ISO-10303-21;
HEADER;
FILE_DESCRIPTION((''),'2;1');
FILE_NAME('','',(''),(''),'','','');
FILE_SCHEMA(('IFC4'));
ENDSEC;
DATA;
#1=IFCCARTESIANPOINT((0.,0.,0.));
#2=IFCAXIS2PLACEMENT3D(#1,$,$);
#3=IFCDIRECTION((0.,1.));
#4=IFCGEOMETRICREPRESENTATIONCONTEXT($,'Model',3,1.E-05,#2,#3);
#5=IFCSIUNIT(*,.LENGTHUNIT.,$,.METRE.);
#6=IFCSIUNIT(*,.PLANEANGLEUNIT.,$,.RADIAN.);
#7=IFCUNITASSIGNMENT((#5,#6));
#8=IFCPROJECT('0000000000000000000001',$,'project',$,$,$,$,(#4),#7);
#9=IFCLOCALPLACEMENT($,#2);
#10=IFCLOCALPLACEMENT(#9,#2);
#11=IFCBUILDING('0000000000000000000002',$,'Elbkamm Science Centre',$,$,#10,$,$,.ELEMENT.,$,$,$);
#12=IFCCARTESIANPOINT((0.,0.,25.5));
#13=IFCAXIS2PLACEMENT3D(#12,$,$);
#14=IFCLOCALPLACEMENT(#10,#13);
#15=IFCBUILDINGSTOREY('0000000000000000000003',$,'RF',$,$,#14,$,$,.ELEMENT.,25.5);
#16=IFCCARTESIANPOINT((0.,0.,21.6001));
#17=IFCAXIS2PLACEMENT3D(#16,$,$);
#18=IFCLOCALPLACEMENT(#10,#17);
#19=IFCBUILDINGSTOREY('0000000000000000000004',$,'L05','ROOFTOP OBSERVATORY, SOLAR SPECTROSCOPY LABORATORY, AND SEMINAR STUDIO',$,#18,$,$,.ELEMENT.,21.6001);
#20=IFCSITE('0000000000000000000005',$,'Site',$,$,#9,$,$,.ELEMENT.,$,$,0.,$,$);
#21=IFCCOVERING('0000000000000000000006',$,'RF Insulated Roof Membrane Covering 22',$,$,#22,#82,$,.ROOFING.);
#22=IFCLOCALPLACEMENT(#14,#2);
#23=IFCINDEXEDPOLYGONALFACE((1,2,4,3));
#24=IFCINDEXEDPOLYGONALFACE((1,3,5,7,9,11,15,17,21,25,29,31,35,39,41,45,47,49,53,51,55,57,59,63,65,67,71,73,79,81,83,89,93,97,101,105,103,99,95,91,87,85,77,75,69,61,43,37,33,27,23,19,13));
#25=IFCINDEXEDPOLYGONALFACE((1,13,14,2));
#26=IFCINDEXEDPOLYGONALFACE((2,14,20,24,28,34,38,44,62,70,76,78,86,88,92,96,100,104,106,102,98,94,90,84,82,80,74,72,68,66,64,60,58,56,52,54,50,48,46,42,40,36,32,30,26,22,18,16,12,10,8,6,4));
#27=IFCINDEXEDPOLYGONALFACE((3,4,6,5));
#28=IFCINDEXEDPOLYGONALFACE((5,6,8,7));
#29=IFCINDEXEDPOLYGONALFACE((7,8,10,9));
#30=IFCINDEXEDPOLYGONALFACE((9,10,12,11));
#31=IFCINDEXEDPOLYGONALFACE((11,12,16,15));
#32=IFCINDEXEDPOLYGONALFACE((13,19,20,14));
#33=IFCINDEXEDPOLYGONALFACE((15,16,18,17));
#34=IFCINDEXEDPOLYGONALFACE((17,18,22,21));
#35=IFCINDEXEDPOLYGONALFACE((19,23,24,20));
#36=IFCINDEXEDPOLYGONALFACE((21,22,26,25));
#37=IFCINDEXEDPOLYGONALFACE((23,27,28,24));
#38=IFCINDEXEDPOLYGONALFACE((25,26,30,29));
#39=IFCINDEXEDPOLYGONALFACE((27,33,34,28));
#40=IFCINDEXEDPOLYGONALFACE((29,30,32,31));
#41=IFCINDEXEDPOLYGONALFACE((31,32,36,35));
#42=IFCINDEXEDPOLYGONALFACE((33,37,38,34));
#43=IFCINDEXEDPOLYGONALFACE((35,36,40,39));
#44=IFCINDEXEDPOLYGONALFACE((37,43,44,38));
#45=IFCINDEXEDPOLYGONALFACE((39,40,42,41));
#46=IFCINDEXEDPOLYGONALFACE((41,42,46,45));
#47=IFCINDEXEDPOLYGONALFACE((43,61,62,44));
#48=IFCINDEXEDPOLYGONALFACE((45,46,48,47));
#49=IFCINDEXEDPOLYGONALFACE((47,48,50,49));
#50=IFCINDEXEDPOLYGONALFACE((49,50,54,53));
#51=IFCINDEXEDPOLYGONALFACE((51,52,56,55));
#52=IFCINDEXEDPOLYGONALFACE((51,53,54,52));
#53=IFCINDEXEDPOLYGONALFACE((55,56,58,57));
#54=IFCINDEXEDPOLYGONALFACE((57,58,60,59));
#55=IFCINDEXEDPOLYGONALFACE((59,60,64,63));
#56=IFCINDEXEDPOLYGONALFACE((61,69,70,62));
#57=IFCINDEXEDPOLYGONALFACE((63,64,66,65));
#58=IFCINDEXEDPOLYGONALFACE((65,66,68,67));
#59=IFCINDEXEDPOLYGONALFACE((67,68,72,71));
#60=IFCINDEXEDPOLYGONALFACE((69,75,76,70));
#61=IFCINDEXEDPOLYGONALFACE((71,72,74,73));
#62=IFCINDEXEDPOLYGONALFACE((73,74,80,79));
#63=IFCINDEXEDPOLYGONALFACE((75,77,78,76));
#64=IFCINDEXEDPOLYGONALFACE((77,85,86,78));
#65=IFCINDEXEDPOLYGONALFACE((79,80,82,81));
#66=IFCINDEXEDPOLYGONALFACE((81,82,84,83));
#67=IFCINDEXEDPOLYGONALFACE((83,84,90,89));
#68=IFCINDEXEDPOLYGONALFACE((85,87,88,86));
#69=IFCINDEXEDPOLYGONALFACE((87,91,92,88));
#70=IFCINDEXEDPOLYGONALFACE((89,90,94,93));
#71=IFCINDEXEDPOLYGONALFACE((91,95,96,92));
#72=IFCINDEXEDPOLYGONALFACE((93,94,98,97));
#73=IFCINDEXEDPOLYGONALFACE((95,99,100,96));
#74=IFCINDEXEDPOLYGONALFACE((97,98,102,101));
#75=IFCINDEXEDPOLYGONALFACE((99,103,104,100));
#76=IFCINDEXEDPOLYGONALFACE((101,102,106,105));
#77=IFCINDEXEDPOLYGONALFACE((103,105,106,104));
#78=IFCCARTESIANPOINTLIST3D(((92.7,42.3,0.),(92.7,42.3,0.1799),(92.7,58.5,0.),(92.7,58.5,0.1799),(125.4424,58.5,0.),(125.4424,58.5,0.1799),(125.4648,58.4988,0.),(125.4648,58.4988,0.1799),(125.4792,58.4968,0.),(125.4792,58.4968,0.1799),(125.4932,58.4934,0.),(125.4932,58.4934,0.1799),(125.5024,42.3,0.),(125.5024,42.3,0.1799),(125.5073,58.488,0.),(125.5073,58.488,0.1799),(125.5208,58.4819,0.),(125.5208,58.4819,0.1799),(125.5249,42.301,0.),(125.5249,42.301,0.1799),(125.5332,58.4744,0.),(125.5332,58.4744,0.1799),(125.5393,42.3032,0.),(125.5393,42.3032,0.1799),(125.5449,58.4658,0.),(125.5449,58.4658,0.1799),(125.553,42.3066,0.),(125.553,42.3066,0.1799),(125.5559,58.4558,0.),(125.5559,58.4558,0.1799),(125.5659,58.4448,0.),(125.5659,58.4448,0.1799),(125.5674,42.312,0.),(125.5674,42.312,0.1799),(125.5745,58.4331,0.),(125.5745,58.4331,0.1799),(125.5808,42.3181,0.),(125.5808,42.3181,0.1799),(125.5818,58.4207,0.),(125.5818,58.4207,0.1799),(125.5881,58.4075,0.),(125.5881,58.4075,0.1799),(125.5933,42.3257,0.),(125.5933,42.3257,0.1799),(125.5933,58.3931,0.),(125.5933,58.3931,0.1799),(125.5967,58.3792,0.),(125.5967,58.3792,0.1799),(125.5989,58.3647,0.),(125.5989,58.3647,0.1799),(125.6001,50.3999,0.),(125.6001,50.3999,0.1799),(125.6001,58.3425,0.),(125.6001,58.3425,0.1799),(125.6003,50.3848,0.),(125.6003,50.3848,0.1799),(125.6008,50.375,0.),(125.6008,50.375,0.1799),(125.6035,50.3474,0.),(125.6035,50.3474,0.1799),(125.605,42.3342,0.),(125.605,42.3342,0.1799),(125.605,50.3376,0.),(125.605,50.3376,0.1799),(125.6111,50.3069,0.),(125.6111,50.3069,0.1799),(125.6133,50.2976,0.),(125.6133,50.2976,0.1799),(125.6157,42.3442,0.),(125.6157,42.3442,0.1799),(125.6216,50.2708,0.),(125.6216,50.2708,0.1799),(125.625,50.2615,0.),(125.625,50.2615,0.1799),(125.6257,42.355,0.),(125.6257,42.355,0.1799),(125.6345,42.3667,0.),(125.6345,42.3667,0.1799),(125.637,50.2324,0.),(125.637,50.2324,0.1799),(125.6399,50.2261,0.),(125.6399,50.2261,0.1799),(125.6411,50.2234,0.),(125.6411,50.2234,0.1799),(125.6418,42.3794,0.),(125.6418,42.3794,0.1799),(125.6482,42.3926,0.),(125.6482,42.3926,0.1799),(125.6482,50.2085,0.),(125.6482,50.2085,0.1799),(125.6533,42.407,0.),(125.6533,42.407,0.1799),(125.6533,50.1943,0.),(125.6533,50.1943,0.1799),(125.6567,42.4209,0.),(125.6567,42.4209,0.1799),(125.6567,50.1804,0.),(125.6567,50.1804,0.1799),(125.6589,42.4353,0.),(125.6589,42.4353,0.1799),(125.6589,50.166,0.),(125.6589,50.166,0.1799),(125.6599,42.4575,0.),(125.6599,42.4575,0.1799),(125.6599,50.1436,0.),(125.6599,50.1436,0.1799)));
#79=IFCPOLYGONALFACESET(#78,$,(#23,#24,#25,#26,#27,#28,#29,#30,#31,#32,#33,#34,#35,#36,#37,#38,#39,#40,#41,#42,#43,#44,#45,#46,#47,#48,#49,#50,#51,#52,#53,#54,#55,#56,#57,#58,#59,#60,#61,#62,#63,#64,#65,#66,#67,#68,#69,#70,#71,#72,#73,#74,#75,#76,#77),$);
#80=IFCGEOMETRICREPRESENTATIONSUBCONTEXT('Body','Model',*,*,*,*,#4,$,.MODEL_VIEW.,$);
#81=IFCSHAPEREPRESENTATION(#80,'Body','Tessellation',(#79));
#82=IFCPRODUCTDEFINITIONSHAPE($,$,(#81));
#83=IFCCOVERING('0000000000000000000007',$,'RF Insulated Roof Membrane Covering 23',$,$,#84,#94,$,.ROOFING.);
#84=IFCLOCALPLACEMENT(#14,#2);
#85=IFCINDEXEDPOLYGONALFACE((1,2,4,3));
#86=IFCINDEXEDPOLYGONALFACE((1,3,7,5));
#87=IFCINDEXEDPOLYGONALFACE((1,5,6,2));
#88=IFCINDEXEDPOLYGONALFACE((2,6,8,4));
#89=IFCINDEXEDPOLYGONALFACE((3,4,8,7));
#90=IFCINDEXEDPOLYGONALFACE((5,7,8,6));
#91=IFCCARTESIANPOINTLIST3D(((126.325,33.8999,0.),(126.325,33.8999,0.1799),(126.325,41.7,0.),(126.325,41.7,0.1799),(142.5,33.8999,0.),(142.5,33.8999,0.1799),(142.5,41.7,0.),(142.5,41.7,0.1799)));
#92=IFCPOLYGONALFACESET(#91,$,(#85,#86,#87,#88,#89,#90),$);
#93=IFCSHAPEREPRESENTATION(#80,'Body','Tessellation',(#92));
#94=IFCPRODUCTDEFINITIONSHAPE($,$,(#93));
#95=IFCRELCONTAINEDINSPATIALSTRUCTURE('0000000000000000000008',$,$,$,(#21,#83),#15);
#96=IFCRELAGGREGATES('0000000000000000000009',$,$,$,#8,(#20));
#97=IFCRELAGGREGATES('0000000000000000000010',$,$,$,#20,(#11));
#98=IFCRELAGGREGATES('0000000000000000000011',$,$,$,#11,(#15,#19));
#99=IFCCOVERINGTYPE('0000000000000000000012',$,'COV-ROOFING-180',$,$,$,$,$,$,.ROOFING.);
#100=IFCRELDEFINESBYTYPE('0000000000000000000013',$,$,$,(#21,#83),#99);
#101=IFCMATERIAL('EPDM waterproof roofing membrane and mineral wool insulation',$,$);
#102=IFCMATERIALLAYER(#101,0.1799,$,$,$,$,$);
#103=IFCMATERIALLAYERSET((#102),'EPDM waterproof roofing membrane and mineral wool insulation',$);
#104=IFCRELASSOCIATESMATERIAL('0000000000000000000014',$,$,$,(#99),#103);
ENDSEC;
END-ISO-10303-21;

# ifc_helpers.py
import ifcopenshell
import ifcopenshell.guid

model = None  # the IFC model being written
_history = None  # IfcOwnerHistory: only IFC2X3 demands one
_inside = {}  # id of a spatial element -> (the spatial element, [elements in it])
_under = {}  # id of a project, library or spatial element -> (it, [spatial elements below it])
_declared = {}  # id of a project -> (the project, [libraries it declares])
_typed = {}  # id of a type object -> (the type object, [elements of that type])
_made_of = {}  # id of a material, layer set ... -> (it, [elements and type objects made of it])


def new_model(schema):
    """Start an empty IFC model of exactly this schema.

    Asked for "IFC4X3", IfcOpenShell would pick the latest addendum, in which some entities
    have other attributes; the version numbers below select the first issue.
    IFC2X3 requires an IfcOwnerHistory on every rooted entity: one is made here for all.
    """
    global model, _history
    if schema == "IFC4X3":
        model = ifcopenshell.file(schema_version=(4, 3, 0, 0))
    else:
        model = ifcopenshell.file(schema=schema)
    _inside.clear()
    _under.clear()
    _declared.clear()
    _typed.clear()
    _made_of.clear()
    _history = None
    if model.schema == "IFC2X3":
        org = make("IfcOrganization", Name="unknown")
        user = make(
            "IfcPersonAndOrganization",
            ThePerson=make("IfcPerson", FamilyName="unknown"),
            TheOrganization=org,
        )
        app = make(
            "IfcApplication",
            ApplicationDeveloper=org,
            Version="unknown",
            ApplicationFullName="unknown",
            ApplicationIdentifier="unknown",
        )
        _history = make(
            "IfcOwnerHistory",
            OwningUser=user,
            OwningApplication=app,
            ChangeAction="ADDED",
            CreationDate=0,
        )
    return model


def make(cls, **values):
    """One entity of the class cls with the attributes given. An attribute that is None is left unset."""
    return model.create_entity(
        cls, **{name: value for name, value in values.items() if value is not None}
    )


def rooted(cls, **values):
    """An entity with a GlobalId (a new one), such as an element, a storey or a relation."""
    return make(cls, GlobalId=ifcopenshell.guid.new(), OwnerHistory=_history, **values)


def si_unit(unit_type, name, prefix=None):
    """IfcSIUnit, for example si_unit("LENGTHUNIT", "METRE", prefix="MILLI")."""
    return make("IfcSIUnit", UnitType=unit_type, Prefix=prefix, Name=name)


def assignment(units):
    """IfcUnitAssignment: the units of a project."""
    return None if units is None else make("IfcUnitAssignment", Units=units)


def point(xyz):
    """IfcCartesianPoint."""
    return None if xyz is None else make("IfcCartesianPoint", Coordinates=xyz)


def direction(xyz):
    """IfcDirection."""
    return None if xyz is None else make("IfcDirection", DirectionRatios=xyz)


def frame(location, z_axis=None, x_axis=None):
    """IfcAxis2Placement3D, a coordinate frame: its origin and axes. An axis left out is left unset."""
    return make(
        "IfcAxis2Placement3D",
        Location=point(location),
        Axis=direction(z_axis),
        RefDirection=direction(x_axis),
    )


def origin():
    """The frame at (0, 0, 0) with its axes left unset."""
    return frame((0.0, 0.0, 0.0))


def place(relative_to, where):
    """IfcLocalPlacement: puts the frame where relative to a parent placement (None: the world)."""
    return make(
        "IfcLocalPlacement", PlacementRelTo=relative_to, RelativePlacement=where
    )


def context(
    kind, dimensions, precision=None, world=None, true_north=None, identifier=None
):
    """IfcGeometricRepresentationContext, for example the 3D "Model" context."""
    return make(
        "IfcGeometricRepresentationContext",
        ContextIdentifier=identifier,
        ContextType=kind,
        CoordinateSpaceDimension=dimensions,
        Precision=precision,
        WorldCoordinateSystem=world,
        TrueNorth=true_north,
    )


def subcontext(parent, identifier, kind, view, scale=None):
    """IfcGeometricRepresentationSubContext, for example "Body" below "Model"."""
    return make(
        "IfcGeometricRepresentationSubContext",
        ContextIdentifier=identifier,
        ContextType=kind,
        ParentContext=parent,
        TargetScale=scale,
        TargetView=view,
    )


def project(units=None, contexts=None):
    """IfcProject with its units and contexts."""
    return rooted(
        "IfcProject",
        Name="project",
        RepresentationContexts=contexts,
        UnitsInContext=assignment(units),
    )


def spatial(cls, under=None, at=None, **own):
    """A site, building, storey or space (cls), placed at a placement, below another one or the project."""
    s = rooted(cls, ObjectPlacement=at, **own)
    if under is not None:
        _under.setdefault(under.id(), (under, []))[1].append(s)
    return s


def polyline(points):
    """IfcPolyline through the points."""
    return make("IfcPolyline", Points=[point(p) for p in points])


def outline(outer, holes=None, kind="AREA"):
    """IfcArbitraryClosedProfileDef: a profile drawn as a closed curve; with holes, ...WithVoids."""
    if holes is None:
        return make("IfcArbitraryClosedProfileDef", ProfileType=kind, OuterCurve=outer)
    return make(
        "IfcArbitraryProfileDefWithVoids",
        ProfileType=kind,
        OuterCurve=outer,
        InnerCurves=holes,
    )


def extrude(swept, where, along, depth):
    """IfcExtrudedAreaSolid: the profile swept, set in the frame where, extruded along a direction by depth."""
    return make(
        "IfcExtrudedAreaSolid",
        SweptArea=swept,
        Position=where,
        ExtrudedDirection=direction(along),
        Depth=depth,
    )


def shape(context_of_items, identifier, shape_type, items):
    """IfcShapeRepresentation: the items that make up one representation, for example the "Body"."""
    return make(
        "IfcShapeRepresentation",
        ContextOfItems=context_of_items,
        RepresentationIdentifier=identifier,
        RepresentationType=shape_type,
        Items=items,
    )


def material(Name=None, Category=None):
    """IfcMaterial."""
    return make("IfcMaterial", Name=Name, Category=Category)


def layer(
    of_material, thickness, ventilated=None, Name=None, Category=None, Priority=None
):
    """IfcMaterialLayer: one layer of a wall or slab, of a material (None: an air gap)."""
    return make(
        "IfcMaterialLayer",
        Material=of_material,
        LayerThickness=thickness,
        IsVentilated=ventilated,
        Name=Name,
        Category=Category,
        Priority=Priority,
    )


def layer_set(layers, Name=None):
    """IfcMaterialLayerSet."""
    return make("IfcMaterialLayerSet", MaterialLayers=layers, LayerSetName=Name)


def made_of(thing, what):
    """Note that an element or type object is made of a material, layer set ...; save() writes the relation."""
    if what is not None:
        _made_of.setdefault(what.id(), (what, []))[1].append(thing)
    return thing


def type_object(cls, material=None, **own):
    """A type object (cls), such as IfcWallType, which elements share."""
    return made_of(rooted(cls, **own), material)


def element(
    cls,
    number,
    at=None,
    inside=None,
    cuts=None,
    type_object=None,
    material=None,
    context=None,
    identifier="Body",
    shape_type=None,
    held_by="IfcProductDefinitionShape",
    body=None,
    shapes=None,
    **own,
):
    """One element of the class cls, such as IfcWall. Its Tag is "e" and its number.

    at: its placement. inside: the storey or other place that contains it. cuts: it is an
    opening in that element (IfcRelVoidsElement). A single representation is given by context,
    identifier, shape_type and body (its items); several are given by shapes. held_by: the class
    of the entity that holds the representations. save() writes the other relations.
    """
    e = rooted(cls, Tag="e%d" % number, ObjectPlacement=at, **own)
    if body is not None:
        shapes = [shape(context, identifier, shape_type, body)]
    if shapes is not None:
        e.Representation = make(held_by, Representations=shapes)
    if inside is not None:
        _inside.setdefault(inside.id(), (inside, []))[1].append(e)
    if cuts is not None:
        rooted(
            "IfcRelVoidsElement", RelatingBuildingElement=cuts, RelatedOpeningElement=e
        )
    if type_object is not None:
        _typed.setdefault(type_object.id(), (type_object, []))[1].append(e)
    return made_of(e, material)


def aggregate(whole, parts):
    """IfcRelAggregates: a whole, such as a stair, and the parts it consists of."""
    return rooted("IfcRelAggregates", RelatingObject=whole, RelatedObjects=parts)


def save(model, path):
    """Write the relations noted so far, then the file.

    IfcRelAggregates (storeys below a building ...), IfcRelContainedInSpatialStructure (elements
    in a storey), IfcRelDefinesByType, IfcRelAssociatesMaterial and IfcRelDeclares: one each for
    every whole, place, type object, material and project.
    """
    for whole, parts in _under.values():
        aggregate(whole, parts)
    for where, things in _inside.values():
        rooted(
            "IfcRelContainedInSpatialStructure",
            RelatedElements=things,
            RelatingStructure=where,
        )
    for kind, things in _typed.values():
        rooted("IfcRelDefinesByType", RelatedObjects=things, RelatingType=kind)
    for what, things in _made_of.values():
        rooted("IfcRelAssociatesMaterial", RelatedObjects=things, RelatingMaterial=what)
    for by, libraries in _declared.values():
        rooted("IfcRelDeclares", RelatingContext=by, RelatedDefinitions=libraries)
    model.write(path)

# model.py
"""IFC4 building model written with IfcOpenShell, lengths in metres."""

from ifc_helpers import new_model, si_unit, direction, frame, origin, place, context, subcontext, project, spatial, polyline, outline, extrude, material, layer, layer_set, type_object, element, save


model = new_model("IFC4")

# Units and contexts
model_context = context("Model", 3, precision=1e-05, world=origin(), true_north=direction((0.0, 1.0)))
body_context = subcontext(model_context, "Body", "Model", "MODEL_VIEW")
ifc_project = project(units=[si_unit("LENGTHUNIT", "METRE"), si_unit("PLANEANGLEUNIT", "RADIAN")], contexts=[model_context])

# Site, building, storey
site_placement = place(None, origin())
site = spatial("IfcSite", under=ifc_project, at=site_placement, Name="Site", CompositionType="ELEMENT", RefElevation=0.0)
building_placement = place(site_placement, origin())
building = spatial("IfcBuilding", under=site, at=building_placement, Name="Elbkamm Science Centre", CompositionType="ELEMENT")
storey_1_placement = place(building_placement, frame((0.0, 0.0, 25.5)))
storey_1 = spatial("IfcBuildingStorey", under=building, at=storey_1_placement, Name="RF", CompositionType="ELEMENT", Elevation=25.5)

# Shared definitions
storey_2_placement = place(building_placement, frame((0.0, 0.0, 21.6001)))
storey_2 = spatial("IfcBuildingStorey", under=building, at=storey_2_placement, Name="L05", Description="ROOFTOP OBSERVATORY, SOLAR SPECTROSCOPY LABORATORY, AND SEMINAR STUDIO", CompositionType="ELEMENT", Elevation=21.6001)

# Coverings
ifc_material_1 = material(Name="EPDM waterproof roofing membrane and mineral wool insulation")
ifc_layer_1 = layer(ifc_material_1, 0.1799)
ifc_layer_set_1 = layer_set([ifc_layer_1], Name="EPDM waterproof roofing membrane and mineral wool insulation")
covering_type = type_object("IfcCoveringType", Name="COV-ROOFING-180", PredefinedType="ROOFING", material=ifc_layer_set_1)
covering_1_placement = place(storey_1_placement, origin())
element("IfcCovering", 1, at=covering_1_placement, inside=storey_1, type_object=covering_type, Name="RF Insulated Roof Membrane Covering 22", PredefinedType="ROOFING", context=body_context, shape_type="SweptSolid", body=[
    extrude(outline(polyline([(125.4648, 58.4988), (125.4792, 58.4968), (125.4932, 58.4934), (125.5073, 58.488), (125.5208, 58.4819), (125.5332, 58.4744), (125.5449, 58.4658), (125.5559, 58.4558), (125.5659, 58.4448), (125.5745, 58.4331), (125.5818, 58.4207), (125.5881, 58.4075), (125.5933, 58.3931), (125.5967, 58.3792), (125.5989, 58.3647), (125.6001, 58.3425), (125.6001, 50.3999), (125.6003, 50.3848), (125.6008, 50.375), (125.6035, 50.3474), (125.605, 50.3376), (125.6111, 50.3069), (125.6133, 50.2976), (125.6216, 50.2708), (125.625, 50.2615), (125.637, 50.2324), (125.6399, 50.2261), (125.6411, 50.2234), (125.6482, 50.2085), (125.6533, 50.1943), (125.6567, 50.1804), (125.6589, 50.166), (125.6599, 50.1436), (125.6599, 42.4575), (125.6589, 42.4353), (125.6567, 42.4209), (125.6533, 42.407), (125.6482, 42.3926), (125.6418, 42.3794), (125.6345, 42.3667), (125.6257, 42.355), (125.6157, 42.3442), (125.605, 42.3342), (125.5933, 42.3257), (125.5808, 42.3181), (125.5674, 42.312), (125.553, 42.3066), (125.5393, 42.3032), (125.5249, 42.301), (125.5024, 42.3), (92.7, 42.3), (92.7, 58.5), (125.4424, 58.5), (125.4648, 58.4988)])), origin(), (0.0, 0.0, 1.0), 0.1799),
])
covering_2_placement = place(storey_1_placement, origin())
element("IfcCovering", 2, at=covering_2_placement, inside=storey_1, type_object=covering_type, Name="RF Insulated Roof Membrane Covering 23", PredefinedType="ROOFING", context=body_context, shape_type="SweptSolid", body=[
    extrude(outline(polyline([(126.325, 41.7), (142.5, 41.7), (142.5, 33.8999), (126.325, 33.8999), (126.325, 41.7)])), origin(), (0.0, 0.0, 1.0), 0.1799),
])

save(model, "model.ifc")
